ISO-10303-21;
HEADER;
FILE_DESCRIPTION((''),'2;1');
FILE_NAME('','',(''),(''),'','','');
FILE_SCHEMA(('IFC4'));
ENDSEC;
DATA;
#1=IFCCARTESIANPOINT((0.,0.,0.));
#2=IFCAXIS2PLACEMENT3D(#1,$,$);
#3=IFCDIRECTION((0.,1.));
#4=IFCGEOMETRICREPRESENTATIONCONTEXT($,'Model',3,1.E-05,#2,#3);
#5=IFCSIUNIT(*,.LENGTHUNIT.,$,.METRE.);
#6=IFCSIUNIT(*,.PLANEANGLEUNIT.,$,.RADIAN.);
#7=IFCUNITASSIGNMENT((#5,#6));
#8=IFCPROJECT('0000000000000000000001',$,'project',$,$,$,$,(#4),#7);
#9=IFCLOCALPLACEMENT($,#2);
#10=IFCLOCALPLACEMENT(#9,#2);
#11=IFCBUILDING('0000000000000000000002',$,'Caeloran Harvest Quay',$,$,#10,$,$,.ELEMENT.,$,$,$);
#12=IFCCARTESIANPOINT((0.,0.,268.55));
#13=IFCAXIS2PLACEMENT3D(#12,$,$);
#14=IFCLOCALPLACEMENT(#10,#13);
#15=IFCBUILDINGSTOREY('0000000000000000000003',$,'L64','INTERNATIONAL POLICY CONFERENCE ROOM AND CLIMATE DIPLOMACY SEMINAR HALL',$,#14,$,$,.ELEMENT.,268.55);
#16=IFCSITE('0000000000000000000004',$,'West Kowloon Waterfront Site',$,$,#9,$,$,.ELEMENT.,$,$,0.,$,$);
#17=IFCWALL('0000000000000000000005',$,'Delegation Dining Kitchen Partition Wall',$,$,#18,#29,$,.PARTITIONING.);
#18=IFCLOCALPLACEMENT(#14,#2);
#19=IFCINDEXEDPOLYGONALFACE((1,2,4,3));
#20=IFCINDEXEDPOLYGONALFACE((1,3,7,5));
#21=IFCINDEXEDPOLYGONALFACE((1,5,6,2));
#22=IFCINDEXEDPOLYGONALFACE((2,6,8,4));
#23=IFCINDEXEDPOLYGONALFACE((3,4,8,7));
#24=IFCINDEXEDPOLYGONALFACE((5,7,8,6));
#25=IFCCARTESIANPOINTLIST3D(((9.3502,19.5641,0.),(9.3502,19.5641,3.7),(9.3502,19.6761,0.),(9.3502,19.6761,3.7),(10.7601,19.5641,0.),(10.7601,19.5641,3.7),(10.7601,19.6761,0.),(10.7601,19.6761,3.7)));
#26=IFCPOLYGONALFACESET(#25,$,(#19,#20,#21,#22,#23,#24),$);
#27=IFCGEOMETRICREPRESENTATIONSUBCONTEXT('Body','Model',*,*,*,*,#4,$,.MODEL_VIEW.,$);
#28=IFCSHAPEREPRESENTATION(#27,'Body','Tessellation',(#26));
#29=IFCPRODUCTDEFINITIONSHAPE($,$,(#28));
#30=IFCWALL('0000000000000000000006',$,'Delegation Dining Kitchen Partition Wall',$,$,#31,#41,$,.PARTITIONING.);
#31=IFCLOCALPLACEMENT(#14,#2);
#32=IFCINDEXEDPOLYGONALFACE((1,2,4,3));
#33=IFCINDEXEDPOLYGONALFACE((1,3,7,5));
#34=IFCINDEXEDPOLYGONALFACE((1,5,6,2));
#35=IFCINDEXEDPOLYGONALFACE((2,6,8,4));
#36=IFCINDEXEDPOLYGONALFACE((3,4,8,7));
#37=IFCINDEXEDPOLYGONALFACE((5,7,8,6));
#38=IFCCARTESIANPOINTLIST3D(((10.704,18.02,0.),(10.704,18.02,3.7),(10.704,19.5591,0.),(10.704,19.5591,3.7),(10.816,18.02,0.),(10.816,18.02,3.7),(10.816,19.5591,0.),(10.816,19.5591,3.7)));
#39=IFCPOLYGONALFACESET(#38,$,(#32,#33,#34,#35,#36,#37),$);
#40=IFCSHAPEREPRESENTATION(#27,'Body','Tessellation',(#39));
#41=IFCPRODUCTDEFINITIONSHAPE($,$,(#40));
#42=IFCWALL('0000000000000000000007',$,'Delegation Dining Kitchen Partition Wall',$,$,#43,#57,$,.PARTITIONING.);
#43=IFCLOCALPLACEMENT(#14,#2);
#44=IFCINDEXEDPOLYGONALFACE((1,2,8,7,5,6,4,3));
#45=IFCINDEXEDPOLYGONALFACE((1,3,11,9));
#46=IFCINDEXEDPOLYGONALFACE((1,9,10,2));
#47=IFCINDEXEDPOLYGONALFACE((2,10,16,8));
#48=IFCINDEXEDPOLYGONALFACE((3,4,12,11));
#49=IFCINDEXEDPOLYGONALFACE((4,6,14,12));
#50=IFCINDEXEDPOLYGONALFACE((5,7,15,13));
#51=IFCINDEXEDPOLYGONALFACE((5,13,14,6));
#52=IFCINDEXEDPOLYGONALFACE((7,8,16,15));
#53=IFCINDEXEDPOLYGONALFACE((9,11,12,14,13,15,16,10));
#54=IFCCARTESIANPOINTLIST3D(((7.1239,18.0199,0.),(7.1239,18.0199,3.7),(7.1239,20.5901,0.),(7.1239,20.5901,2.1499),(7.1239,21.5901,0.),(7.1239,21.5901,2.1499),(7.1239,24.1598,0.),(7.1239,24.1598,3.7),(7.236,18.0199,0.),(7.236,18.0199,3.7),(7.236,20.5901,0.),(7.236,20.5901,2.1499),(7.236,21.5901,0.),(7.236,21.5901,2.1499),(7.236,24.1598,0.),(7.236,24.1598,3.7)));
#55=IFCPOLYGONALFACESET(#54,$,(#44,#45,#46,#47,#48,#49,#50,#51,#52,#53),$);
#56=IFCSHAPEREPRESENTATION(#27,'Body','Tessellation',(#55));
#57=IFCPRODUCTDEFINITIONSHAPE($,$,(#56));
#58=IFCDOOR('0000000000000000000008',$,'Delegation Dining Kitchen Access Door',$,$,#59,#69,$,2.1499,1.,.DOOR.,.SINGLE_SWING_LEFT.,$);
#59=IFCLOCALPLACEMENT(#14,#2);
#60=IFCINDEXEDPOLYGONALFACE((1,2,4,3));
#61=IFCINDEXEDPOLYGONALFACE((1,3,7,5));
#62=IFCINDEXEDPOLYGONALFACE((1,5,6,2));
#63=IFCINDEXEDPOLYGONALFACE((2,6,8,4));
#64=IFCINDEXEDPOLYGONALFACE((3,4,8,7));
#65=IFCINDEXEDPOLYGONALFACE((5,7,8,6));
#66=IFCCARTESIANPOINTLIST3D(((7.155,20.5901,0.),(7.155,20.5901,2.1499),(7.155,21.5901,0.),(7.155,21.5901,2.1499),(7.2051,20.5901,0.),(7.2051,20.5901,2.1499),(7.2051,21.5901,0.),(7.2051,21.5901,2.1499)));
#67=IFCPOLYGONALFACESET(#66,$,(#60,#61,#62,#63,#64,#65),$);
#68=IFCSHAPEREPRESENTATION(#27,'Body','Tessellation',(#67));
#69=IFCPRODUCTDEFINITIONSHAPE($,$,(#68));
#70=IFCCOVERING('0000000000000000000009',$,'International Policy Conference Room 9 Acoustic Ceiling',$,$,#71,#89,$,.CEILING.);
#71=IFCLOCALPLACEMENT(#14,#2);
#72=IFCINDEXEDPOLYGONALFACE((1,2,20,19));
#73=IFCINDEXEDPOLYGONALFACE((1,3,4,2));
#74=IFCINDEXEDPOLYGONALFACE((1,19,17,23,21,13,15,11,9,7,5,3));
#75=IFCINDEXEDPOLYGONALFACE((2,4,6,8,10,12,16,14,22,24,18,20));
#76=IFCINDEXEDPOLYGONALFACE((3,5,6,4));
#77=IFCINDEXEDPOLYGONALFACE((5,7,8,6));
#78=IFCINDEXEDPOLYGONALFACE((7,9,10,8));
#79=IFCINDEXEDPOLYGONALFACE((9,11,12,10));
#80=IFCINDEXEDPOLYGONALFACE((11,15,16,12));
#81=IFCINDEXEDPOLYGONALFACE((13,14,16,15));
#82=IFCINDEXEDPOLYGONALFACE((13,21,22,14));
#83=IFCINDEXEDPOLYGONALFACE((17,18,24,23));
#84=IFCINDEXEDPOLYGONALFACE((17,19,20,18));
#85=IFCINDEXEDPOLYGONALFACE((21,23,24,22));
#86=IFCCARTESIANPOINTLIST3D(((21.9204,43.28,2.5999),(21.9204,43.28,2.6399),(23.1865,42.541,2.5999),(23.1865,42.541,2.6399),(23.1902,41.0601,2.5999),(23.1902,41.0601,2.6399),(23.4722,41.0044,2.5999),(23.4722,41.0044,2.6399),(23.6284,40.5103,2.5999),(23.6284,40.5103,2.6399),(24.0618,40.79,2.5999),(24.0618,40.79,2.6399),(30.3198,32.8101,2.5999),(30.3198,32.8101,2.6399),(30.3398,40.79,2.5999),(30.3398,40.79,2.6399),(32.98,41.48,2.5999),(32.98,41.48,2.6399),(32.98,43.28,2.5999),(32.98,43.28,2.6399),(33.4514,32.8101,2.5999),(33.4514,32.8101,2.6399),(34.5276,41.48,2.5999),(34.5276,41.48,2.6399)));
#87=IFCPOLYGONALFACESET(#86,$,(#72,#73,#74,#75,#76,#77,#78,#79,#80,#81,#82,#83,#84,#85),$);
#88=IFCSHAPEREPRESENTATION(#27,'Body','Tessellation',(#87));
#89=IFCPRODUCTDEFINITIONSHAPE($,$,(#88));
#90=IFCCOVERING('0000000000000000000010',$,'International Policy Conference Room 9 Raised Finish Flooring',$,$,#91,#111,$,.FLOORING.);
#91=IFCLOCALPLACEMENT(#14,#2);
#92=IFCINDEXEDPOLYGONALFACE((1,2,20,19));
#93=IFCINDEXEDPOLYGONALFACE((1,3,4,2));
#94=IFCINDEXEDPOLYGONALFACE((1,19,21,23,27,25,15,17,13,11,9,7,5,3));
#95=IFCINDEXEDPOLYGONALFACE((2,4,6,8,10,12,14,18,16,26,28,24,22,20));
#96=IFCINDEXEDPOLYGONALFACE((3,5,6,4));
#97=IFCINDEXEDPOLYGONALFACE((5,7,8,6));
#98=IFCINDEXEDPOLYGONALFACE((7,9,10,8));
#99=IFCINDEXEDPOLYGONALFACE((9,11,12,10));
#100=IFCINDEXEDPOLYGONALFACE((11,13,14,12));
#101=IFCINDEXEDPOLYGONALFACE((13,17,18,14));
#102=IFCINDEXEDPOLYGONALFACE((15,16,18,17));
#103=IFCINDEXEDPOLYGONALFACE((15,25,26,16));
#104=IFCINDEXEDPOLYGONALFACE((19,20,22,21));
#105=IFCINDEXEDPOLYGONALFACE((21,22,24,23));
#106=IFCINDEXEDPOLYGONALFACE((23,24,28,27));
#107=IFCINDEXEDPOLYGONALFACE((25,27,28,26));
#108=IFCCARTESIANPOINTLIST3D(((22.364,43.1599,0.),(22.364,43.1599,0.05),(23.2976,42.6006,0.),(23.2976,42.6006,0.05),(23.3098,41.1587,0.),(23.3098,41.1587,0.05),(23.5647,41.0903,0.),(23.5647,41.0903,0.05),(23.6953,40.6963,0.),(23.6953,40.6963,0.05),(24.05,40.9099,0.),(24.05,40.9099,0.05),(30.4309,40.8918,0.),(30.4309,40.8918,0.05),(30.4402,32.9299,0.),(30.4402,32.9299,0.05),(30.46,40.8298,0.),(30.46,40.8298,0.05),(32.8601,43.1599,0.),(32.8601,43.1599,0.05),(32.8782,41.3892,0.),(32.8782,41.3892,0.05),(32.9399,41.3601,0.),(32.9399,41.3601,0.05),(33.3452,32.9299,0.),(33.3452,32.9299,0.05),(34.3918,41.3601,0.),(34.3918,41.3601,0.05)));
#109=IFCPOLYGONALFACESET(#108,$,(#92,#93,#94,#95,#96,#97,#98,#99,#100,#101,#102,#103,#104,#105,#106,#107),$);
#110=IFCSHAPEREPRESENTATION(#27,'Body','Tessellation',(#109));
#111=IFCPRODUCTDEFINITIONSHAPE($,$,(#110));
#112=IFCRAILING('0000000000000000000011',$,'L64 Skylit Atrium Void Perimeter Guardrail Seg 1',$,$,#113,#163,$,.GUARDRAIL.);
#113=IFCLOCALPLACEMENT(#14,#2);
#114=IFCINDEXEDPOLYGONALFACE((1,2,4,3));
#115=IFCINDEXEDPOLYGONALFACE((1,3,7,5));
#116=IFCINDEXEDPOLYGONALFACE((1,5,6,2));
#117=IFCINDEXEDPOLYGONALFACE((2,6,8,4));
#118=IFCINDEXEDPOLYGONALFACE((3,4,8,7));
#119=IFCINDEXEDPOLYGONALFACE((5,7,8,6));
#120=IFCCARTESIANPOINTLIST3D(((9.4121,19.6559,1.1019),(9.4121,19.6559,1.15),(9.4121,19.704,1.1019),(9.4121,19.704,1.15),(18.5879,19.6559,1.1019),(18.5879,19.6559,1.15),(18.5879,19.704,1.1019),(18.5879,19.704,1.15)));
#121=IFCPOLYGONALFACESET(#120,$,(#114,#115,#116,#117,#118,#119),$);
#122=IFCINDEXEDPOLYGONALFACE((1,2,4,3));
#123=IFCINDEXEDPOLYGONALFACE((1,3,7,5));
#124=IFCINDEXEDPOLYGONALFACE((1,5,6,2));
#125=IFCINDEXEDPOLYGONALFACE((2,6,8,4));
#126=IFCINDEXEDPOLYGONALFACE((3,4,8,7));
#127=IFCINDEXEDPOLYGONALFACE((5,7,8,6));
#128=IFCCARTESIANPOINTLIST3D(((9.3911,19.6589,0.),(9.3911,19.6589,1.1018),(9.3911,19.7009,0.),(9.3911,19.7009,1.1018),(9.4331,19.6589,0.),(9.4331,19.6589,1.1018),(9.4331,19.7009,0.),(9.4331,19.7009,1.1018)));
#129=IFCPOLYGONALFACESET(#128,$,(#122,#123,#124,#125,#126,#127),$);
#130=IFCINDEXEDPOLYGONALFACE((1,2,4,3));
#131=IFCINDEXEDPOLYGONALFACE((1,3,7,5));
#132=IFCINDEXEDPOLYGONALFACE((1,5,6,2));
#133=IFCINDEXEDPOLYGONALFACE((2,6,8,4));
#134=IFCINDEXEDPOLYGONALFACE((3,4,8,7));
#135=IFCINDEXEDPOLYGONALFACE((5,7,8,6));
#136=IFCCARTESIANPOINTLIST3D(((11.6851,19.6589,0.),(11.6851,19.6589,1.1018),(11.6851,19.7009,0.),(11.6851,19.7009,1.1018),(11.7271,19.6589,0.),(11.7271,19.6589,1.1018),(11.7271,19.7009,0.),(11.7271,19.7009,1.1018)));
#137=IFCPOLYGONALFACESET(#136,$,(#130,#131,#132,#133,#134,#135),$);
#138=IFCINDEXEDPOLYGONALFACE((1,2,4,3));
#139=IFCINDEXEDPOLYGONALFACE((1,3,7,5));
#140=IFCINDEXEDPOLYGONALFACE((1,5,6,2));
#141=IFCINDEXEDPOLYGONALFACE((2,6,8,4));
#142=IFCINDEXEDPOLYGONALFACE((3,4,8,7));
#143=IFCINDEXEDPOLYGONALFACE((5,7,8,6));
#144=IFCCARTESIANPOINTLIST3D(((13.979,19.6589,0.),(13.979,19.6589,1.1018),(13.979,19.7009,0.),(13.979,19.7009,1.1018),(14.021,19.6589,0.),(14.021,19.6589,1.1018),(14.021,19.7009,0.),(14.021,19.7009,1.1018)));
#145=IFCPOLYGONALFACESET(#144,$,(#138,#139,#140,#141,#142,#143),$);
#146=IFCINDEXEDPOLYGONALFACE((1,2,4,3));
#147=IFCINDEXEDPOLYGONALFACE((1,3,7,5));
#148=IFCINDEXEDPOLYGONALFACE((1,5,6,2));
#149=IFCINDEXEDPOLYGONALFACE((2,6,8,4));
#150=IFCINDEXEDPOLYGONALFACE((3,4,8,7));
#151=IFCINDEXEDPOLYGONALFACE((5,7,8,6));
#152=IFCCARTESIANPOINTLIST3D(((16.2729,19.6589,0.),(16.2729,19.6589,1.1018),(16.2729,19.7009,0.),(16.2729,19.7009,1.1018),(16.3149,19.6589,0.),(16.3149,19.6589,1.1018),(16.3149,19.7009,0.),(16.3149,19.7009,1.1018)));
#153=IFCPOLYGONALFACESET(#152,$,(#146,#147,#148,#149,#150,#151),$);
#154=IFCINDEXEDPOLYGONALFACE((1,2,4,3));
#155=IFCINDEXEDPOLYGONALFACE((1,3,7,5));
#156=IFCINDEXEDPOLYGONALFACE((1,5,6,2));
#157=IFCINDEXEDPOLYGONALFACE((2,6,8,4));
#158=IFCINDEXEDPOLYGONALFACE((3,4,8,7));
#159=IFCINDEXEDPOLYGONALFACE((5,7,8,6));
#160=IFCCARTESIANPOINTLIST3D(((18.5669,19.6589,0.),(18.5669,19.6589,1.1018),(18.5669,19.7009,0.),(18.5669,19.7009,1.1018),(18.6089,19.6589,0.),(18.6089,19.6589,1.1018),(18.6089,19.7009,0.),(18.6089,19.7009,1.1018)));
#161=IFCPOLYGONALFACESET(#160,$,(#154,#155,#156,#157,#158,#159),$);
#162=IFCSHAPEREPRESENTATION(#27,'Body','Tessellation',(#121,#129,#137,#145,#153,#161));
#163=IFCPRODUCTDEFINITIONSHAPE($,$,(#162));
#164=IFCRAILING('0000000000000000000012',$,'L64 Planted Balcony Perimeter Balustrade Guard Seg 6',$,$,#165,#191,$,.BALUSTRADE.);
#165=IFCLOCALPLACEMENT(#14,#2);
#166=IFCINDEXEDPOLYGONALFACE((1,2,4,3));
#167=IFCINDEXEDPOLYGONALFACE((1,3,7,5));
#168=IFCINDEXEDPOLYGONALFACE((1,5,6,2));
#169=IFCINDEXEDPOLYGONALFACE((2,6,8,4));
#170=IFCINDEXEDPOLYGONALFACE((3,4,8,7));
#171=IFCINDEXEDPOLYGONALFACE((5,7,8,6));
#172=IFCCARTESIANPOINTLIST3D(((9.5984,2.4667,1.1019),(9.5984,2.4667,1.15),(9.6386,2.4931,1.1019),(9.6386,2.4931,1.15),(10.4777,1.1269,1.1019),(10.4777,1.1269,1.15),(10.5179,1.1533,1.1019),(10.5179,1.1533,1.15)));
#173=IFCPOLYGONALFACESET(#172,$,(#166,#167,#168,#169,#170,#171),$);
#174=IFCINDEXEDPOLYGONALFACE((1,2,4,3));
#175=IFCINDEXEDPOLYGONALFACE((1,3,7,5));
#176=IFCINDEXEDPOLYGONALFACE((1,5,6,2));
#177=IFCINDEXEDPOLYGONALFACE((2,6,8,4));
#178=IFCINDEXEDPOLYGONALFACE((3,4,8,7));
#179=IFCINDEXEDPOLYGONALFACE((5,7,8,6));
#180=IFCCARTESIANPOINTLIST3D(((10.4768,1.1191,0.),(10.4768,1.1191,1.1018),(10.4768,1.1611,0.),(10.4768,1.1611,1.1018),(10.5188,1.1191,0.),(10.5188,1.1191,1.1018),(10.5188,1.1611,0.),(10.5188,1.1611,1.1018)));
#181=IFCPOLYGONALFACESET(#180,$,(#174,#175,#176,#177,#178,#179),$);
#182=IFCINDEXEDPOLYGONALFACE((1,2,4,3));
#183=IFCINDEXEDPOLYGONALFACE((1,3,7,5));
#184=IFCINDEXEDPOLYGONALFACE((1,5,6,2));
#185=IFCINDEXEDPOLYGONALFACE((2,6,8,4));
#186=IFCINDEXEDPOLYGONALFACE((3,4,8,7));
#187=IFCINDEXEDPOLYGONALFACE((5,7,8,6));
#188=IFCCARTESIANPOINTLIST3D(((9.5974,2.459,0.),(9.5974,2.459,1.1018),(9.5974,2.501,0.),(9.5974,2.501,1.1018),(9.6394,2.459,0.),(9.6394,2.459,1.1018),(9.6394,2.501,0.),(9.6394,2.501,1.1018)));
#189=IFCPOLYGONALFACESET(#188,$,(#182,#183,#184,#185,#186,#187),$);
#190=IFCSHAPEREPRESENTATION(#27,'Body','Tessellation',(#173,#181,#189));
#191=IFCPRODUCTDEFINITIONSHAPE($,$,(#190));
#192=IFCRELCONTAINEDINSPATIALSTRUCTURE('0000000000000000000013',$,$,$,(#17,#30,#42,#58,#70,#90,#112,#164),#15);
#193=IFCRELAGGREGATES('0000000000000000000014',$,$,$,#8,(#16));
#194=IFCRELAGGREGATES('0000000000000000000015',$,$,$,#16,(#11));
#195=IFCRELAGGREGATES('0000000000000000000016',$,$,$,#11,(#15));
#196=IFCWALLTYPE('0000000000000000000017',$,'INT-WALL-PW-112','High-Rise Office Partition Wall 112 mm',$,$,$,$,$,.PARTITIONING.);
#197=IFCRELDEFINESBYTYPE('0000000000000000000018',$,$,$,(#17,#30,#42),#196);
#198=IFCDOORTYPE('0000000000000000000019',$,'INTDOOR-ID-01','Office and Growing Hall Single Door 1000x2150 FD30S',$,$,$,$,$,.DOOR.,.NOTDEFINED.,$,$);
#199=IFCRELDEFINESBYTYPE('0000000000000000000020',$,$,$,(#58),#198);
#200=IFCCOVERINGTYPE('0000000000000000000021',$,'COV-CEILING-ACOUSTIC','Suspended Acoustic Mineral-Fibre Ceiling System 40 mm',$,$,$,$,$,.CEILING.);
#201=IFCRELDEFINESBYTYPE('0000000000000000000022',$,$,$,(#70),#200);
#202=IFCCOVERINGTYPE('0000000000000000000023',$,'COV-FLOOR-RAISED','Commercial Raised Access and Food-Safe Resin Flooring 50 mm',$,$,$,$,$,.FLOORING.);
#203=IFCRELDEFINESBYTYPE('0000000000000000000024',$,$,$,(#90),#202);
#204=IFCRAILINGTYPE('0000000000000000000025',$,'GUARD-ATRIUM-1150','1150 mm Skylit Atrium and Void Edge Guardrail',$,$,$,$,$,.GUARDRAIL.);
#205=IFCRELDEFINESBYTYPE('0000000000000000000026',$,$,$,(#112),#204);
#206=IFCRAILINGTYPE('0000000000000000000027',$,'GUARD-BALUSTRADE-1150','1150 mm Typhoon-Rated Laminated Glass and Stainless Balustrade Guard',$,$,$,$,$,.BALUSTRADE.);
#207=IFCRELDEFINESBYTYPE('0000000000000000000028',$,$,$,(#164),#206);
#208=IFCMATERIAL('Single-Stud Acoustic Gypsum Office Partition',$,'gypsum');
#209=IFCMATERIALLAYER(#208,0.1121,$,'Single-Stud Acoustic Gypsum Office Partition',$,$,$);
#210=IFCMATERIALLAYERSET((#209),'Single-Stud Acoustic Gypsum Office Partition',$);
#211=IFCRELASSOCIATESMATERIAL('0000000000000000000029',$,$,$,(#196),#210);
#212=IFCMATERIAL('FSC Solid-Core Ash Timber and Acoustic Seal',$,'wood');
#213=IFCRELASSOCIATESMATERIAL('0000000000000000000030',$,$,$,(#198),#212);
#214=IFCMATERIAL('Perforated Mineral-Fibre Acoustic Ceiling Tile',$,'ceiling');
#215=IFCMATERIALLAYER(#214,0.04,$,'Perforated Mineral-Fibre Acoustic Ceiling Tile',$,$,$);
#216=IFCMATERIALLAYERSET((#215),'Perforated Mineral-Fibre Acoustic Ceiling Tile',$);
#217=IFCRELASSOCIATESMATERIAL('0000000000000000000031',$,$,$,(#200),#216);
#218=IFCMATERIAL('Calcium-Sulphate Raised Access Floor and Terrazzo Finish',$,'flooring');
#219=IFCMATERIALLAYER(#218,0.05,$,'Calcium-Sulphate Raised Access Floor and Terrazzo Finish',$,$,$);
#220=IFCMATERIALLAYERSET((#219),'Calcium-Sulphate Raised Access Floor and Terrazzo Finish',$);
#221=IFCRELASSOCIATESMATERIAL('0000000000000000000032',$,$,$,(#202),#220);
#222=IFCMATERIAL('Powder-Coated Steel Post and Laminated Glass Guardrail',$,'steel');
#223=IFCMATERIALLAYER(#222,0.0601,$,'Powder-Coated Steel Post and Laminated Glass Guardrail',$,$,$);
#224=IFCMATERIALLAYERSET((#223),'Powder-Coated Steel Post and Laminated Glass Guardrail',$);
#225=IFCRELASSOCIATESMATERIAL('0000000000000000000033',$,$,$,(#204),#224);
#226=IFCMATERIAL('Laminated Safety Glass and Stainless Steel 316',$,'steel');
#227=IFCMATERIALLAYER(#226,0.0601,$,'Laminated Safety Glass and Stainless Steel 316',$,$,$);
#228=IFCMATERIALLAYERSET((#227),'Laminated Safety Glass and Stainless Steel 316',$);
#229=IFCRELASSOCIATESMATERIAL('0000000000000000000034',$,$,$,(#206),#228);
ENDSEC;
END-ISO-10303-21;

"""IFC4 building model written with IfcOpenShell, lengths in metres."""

from ifc_helpers import new_model, si_unit, direction, frame, frame_2d, origin, origin_2d, place, context, subcontext, project, spatial, polyline, rectangle, outline, extrude, material, layer, layer_set, type_object, element, fill, save


model = new_model("IFC4")

# Units and contexts
model_context = context("Model", 3, precision=1e-05, world=origin(), true_north=direction((0.0, 1.0)))
body_context = subcontext(model_context, "Body", "Model", "MODEL_VIEW")
ifc_project = project(units=[si_unit("LENGTHUNIT", "METRE"), si_unit("PLANEANGLEUNIT", "RADIAN")], contexts=[model_context])

# Site, building, storey
site_placement = place(None, origin())
site = spatial("IfcSite", under=ifc_project, at=site_placement, Name="West Kowloon Waterfront Site", CompositionType="ELEMENT", RefElevation=0.0)
building_placement = place(site_placement, origin())
building = spatial("IfcBuilding", under=site, at=building_placement, Name="Caeloran Harvest Quay", CompositionType="ELEMENT")
storey_placement = place(building_placement, frame((0.0, 0.0, 268.55)))
storey = spatial("IfcBuildingStorey", under=building, at=storey_placement, Name="L64", Description="INTERNATIONAL POLICY CONFERENCE ROOM AND CLIMATE DIPLOMACY SEMINAR HALL", CompositionType="ELEMENT", Elevation=268.55)

# Shared definitions
ifc_material_1 = material(Name="Single-Stud Acoustic Gypsum Office Partition", Category="gypsum")
ifc_layer_1 = layer(ifc_material_1, 0.1121, Name="Single-Stud Acoustic Gypsum Office Partition")
ifc_layer_set_1 = layer_set([ifc_layer_1], Name="Single-Stud Acoustic Gypsum Office Partition")
wall_type_1 = type_object("IfcWallType", Name="INT-WALL-PW-112", Description="High-Rise Office Partition Wall 112 mm", PredefinedType="PARTITIONING", material=ifc_layer_set_1)

# Shared definitions
ifc_material_2 = material(Name="FSC Solid-Core Ash Timber and Acoustic Seal", Category="wood")
door_type = type_object("IfcDoorType", Name="INTDOOR-ID-01", Description="Office and Growing Hall Single Door 1000x2150 FD30S", OperationType="NOTDEFINED", PredefinedType="DOOR", material=ifc_material_2)

# Walls
wall_1_placement = place(storey_placement, frame((9.3501, 19.6201, 0.0), z_axis=(0.0, 0.0, 1.0), x_axis=(1.0, 0.0, 0.0)))
element("IfcWall", 1, at=wall_1_placement, inside=storey, type_object=wall_type_1, Name="Delegation Dining Kitchen Partition Wall", PredefinedType="PARTITIONING", context=body_context, shape_type="SweptSolid", body=[
    extrude(rectangle(XDim=1.4099, YDim=0.1121, at=frame_2d((0.7051, 0.0))), origin(), (0.0, 0.0, 1.0), 3.7),
])
wall_2_placement = place(storey_placement, frame((10.76, 19.5591, 0.0), z_axis=(0.0, 0.0, 1.0), x_axis=(0.0, -1.0, 0.0)))
element("IfcWall", 2, at=wall_2_placement, inside=storey, type_object=wall_type_1, Name="Delegation Dining Kitchen Partition Wall", PredefinedType="PARTITIONING", context=body_context, shape_type="SweptSolid", body=[
    extrude(rectangle(XDim=1.5391, YDim=0.1121, at=frame_2d((0.7695, 0.0))), origin(), (0.0, 0.0, 1.0), 3.7),
])

# Wall, opening, door
wall_3_placement = place(storey_placement, frame((7.1799, 18.02, 0.0), z_axis=(0.0, 0.0, 1.0), x_axis=(0.0, 1.0, 0.0)))
wall_3 = element("IfcWall", 3, at=wall_3_placement, inside=storey, type_object=wall_type_1, Name="Delegation Dining Kitchen Partition Wall", PredefinedType="PARTITIONING", context=body_context, shape_type="SweptSolid", body=[
    extrude(rectangle(XDim=6.1399, YDim=0.1121, at=frame_2d((3.0698, 0.0))), origin(), (0.0, 0.0, 1.0), 3.7),
])
opening_1_placement = place(wall_3_placement, frame((2.5701, 0.0, 0.0)))
opening_1 = element("IfcOpeningElement", 4, at=opening_1_placement, cuts=wall_3, PredefinedType="OPENING", context=body_context, shape_type="SweptSolid", body=[
    extrude(rectangle(XDim=1.0, YDim=2.1499, at=frame_2d((0.5, 1.075))), frame((0.0, 0.0659, 0.0), z_axis=(0.0, -1.0, 0.0), x_axis=(1.0, 0.0, 0.0)), (0.0, 0.0, 1.0), 0.1321),
])
door_1_placement = place(opening_1_placement, origin())
door_1 = element("IfcDoor", 5, at=door_1_placement, inside=storey, type_object=door_type, Name="Delegation Dining Kitchen Access Door", OperationType="SINGLE_SWING_LEFT", OverallHeight=2.1499, OverallWidth=1.0, PredefinedType="DOOR", context=body_context, shape_type="SweptSolid", body=[
    extrude(rectangle(XDim=1.0, YDim=2.1499, at=frame_2d((0.5, 1.075))), frame((0.0, 0.0249, 0.0), z_axis=(0.0, -1.0, 0.0), x_axis=(1.0, 0.0, 0.0)), (0.0, 0.0, 1.0), 0.05),
])
fill(opening_1, door_1)

# Coverings
ifc_material_3 = material(Name="Perforated Mineral-Fibre Acoustic Ceiling Tile", Category="ceiling")
ifc_layer_2 = layer(ifc_material_3, 0.04, Name="Perforated Mineral-Fibre Acoustic Ceiling Tile")
ifc_layer_set_2 = layer_set([ifc_layer_2], Name="Perforated Mineral-Fibre Acoustic Ceiling Tile")
covering_type_1 = type_object("IfcCoveringType", Name="COV-CEILING-ACOUSTIC", Description="Suspended Acoustic Mineral-Fibre Ceiling System 40 mm", PredefinedType="CEILING", material=ifc_layer_set_2)
covering_1_placement = place(storey_placement, frame((0.0, 0.0, 2.5999)))
element("IfcCovering", 6, at=covering_1_placement, inside=storey, type_object=covering_type_1, Name="International Policy Conference Room 9 Acoustic Ceiling", PredefinedType="CEILING", context=body_context, shape_type="SweptSolid", body=[
    extrude(outline(polyline([(23.1902, 41.0601), (23.1865, 42.541), (21.9204, 43.28), (32.98, 43.28), (32.98, 41.48), (34.5276, 41.48), (33.4514, 32.8101), (30.3198, 32.8101), (30.3398, 40.79), (24.0618, 40.79), (23.6284, 40.5103), (23.4722, 41.0044), (23.1902, 41.0601)])), origin(), (0.0, 0.0, 1.0), 0.04),
])
ifc_material_4 = material(Name="Calcium-Sulphate Raised Access Floor and Terrazzo Finish", Category="flooring")
ifc_layer_3 = layer(ifc_material_4, 0.05, Name="Calcium-Sulphate Raised Access Floor and Terrazzo Finish")
ifc_layer_set_3 = layer_set([ifc_layer_3], Name="Calcium-Sulphate Raised Access Floor and Terrazzo Finish")
covering_type_2 = type_object("IfcCoveringType", Name="COV-FLOOR-RAISED", Description="Commercial Raised Access and Food-Safe Resin Flooring 50 mm", PredefinedType="FLOORING", material=ifc_layer_set_3)
covering_2_placement = place(storey_placement, origin())
element("IfcCovering", 7, at=covering_2_placement, inside=storey, type_object=covering_type_2, Name="International Policy Conference Room 9 Raised Finish Flooring", PredefinedType="FLOORING", context=body_context, shape_type="SweptSolid", body=[
    extrude(outline(polyline([(23.3098, 41.1587), (23.2976, 42.6006), (22.364, 43.1599), (32.8601, 43.1599), (32.8782, 41.3892), (32.9399, 41.3601), (34.3918, 41.3601), (33.3452, 32.9299), (30.4402, 32.9299), (30.46, 40.8298), (30.4309, 40.8918), (24.05, 40.9099), (23.6953, 40.6963), (23.5647, 41.0903), (23.3098, 41.1587)])), origin(), (0.0, 0.0, 1.0), 0.05),
])

# Railings
ifc_material_5 = material(Name="Powder-Coated Steel Post and Laminated Glass Guardrail", Category="steel")
ifc_layer_4 = layer(ifc_material_5, 0.0601, Name="Powder-Coated Steel Post and Laminated Glass Guardrail")
ifc_layer_set_4 = layer_set([ifc_layer_4], Name="Powder-Coated Steel Post and Laminated Glass Guardrail")
railing_type_1 = type_object("IfcRailingType", Name="GUARD-ATRIUM-1150", Description="1150 mm Skylit Atrium and Void Edge Guardrail", PredefinedType="GUARDRAIL", material=ifc_layer_set_4)
railing_1_placement = place(storey_placement, frame((9.4121, 19.6799, 0.0)))
element("IfcRailing", 8, at=railing_1_placement, inside=storey, type_object=railing_type_1, Name="L64 Skylit Atrium Void Perimeter Guardrail Seg 1", PredefinedType="GUARDRAIL", context=body_context, shape_type="SweptSolid", body=[
    extrude(rectangle(XDim=0.0481, YDim=0.0481, at=origin_2d()), frame((0.0, 0.0, 1.126), z_axis=(1.0, 0.0, 0.0), x_axis=(0.0, 1.0, 0.0)), (0.0, 0.0, 1.0), 9.1758),
    extrude(rectangle(XDim=0.042, YDim=0.042, at=origin_2d()), origin(), (0.0, 0.0, 1.0), 1.1018),
    extrude(rectangle(XDim=0.042, YDim=0.042, at=origin_2d()), frame((2.2939, 0.0, 0.0)), (0.0, 0.0, 1.0), 1.1018),
    extrude(rectangle(XDim=0.042, YDim=0.042, at=origin_2d()), frame((4.5879, 0.0, 0.0)), (0.0, 0.0, 1.0), 1.1018),
    extrude(rectangle(XDim=0.042, YDim=0.042, at=origin_2d()), frame((6.8818, 0.0, 0.0)), (0.0, 0.0, 1.0), 1.1018),
    extrude(rectangle(XDim=0.042, YDim=0.042, at=origin_2d()), frame((9.1758, 0.0, 0.0)), (0.0, 0.0, 1.0), 1.1018),
])
ifc_material_6 = material(Name="Laminated Safety Glass and Stainless Steel 316", Category="steel")
ifc_layer_5 = layer(ifc_material_6, 0.0601, Name="Laminated Safety Glass and Stainless Steel 316")
ifc_layer_set_5 = layer_set([ifc_layer_5], Name="Laminated Safety Glass and Stainless Steel 316")
railing_type_2 = type_object("IfcRailingType", Name="GUARD-BALUSTRADE-1150", Description="1150 mm Typhoon-Rated Laminated Glass and Stainless Balustrade Guard", PredefinedType="BALUSTRADE", material=ifc_layer_set_5)
railing_2_placement = place(storey_placement, frame((10.4978, 1.1401, 0.0)))
element("IfcRailing", 9, at=railing_2_placement, inside=storey, type_object=railing_type_2, Name="L64 Planted Balcony Perimeter Balustrade Guard Seg 6", PredefinedType="BALUSTRADE", context=body_context, shape_type="SweptSolid", body=[
    extrude(rectangle(XDim=0.0481, YDim=0.0481, at=origin_2d()), frame((0.0, 0.0, 1.126), z_axis=(-0.54871, 0.836013, 0.0), x_axis=(-0.836013, -0.54871, 0.0)), (0.0, 0.0, 1.0), 1.6025),
    extrude(rectangle(XDim=0.042, YDim=0.042, at=origin_2d()), origin(), (0.0, 0.0, 1.0), 1.1018),
    extrude(rectangle(XDim=0.042, YDim=0.042, at=origin_2d()), frame((-0.8794, 1.3398, 0.0)), (0.0, 0.0, 1.0), 1.1018),
])

save(model, "model.ifc")
